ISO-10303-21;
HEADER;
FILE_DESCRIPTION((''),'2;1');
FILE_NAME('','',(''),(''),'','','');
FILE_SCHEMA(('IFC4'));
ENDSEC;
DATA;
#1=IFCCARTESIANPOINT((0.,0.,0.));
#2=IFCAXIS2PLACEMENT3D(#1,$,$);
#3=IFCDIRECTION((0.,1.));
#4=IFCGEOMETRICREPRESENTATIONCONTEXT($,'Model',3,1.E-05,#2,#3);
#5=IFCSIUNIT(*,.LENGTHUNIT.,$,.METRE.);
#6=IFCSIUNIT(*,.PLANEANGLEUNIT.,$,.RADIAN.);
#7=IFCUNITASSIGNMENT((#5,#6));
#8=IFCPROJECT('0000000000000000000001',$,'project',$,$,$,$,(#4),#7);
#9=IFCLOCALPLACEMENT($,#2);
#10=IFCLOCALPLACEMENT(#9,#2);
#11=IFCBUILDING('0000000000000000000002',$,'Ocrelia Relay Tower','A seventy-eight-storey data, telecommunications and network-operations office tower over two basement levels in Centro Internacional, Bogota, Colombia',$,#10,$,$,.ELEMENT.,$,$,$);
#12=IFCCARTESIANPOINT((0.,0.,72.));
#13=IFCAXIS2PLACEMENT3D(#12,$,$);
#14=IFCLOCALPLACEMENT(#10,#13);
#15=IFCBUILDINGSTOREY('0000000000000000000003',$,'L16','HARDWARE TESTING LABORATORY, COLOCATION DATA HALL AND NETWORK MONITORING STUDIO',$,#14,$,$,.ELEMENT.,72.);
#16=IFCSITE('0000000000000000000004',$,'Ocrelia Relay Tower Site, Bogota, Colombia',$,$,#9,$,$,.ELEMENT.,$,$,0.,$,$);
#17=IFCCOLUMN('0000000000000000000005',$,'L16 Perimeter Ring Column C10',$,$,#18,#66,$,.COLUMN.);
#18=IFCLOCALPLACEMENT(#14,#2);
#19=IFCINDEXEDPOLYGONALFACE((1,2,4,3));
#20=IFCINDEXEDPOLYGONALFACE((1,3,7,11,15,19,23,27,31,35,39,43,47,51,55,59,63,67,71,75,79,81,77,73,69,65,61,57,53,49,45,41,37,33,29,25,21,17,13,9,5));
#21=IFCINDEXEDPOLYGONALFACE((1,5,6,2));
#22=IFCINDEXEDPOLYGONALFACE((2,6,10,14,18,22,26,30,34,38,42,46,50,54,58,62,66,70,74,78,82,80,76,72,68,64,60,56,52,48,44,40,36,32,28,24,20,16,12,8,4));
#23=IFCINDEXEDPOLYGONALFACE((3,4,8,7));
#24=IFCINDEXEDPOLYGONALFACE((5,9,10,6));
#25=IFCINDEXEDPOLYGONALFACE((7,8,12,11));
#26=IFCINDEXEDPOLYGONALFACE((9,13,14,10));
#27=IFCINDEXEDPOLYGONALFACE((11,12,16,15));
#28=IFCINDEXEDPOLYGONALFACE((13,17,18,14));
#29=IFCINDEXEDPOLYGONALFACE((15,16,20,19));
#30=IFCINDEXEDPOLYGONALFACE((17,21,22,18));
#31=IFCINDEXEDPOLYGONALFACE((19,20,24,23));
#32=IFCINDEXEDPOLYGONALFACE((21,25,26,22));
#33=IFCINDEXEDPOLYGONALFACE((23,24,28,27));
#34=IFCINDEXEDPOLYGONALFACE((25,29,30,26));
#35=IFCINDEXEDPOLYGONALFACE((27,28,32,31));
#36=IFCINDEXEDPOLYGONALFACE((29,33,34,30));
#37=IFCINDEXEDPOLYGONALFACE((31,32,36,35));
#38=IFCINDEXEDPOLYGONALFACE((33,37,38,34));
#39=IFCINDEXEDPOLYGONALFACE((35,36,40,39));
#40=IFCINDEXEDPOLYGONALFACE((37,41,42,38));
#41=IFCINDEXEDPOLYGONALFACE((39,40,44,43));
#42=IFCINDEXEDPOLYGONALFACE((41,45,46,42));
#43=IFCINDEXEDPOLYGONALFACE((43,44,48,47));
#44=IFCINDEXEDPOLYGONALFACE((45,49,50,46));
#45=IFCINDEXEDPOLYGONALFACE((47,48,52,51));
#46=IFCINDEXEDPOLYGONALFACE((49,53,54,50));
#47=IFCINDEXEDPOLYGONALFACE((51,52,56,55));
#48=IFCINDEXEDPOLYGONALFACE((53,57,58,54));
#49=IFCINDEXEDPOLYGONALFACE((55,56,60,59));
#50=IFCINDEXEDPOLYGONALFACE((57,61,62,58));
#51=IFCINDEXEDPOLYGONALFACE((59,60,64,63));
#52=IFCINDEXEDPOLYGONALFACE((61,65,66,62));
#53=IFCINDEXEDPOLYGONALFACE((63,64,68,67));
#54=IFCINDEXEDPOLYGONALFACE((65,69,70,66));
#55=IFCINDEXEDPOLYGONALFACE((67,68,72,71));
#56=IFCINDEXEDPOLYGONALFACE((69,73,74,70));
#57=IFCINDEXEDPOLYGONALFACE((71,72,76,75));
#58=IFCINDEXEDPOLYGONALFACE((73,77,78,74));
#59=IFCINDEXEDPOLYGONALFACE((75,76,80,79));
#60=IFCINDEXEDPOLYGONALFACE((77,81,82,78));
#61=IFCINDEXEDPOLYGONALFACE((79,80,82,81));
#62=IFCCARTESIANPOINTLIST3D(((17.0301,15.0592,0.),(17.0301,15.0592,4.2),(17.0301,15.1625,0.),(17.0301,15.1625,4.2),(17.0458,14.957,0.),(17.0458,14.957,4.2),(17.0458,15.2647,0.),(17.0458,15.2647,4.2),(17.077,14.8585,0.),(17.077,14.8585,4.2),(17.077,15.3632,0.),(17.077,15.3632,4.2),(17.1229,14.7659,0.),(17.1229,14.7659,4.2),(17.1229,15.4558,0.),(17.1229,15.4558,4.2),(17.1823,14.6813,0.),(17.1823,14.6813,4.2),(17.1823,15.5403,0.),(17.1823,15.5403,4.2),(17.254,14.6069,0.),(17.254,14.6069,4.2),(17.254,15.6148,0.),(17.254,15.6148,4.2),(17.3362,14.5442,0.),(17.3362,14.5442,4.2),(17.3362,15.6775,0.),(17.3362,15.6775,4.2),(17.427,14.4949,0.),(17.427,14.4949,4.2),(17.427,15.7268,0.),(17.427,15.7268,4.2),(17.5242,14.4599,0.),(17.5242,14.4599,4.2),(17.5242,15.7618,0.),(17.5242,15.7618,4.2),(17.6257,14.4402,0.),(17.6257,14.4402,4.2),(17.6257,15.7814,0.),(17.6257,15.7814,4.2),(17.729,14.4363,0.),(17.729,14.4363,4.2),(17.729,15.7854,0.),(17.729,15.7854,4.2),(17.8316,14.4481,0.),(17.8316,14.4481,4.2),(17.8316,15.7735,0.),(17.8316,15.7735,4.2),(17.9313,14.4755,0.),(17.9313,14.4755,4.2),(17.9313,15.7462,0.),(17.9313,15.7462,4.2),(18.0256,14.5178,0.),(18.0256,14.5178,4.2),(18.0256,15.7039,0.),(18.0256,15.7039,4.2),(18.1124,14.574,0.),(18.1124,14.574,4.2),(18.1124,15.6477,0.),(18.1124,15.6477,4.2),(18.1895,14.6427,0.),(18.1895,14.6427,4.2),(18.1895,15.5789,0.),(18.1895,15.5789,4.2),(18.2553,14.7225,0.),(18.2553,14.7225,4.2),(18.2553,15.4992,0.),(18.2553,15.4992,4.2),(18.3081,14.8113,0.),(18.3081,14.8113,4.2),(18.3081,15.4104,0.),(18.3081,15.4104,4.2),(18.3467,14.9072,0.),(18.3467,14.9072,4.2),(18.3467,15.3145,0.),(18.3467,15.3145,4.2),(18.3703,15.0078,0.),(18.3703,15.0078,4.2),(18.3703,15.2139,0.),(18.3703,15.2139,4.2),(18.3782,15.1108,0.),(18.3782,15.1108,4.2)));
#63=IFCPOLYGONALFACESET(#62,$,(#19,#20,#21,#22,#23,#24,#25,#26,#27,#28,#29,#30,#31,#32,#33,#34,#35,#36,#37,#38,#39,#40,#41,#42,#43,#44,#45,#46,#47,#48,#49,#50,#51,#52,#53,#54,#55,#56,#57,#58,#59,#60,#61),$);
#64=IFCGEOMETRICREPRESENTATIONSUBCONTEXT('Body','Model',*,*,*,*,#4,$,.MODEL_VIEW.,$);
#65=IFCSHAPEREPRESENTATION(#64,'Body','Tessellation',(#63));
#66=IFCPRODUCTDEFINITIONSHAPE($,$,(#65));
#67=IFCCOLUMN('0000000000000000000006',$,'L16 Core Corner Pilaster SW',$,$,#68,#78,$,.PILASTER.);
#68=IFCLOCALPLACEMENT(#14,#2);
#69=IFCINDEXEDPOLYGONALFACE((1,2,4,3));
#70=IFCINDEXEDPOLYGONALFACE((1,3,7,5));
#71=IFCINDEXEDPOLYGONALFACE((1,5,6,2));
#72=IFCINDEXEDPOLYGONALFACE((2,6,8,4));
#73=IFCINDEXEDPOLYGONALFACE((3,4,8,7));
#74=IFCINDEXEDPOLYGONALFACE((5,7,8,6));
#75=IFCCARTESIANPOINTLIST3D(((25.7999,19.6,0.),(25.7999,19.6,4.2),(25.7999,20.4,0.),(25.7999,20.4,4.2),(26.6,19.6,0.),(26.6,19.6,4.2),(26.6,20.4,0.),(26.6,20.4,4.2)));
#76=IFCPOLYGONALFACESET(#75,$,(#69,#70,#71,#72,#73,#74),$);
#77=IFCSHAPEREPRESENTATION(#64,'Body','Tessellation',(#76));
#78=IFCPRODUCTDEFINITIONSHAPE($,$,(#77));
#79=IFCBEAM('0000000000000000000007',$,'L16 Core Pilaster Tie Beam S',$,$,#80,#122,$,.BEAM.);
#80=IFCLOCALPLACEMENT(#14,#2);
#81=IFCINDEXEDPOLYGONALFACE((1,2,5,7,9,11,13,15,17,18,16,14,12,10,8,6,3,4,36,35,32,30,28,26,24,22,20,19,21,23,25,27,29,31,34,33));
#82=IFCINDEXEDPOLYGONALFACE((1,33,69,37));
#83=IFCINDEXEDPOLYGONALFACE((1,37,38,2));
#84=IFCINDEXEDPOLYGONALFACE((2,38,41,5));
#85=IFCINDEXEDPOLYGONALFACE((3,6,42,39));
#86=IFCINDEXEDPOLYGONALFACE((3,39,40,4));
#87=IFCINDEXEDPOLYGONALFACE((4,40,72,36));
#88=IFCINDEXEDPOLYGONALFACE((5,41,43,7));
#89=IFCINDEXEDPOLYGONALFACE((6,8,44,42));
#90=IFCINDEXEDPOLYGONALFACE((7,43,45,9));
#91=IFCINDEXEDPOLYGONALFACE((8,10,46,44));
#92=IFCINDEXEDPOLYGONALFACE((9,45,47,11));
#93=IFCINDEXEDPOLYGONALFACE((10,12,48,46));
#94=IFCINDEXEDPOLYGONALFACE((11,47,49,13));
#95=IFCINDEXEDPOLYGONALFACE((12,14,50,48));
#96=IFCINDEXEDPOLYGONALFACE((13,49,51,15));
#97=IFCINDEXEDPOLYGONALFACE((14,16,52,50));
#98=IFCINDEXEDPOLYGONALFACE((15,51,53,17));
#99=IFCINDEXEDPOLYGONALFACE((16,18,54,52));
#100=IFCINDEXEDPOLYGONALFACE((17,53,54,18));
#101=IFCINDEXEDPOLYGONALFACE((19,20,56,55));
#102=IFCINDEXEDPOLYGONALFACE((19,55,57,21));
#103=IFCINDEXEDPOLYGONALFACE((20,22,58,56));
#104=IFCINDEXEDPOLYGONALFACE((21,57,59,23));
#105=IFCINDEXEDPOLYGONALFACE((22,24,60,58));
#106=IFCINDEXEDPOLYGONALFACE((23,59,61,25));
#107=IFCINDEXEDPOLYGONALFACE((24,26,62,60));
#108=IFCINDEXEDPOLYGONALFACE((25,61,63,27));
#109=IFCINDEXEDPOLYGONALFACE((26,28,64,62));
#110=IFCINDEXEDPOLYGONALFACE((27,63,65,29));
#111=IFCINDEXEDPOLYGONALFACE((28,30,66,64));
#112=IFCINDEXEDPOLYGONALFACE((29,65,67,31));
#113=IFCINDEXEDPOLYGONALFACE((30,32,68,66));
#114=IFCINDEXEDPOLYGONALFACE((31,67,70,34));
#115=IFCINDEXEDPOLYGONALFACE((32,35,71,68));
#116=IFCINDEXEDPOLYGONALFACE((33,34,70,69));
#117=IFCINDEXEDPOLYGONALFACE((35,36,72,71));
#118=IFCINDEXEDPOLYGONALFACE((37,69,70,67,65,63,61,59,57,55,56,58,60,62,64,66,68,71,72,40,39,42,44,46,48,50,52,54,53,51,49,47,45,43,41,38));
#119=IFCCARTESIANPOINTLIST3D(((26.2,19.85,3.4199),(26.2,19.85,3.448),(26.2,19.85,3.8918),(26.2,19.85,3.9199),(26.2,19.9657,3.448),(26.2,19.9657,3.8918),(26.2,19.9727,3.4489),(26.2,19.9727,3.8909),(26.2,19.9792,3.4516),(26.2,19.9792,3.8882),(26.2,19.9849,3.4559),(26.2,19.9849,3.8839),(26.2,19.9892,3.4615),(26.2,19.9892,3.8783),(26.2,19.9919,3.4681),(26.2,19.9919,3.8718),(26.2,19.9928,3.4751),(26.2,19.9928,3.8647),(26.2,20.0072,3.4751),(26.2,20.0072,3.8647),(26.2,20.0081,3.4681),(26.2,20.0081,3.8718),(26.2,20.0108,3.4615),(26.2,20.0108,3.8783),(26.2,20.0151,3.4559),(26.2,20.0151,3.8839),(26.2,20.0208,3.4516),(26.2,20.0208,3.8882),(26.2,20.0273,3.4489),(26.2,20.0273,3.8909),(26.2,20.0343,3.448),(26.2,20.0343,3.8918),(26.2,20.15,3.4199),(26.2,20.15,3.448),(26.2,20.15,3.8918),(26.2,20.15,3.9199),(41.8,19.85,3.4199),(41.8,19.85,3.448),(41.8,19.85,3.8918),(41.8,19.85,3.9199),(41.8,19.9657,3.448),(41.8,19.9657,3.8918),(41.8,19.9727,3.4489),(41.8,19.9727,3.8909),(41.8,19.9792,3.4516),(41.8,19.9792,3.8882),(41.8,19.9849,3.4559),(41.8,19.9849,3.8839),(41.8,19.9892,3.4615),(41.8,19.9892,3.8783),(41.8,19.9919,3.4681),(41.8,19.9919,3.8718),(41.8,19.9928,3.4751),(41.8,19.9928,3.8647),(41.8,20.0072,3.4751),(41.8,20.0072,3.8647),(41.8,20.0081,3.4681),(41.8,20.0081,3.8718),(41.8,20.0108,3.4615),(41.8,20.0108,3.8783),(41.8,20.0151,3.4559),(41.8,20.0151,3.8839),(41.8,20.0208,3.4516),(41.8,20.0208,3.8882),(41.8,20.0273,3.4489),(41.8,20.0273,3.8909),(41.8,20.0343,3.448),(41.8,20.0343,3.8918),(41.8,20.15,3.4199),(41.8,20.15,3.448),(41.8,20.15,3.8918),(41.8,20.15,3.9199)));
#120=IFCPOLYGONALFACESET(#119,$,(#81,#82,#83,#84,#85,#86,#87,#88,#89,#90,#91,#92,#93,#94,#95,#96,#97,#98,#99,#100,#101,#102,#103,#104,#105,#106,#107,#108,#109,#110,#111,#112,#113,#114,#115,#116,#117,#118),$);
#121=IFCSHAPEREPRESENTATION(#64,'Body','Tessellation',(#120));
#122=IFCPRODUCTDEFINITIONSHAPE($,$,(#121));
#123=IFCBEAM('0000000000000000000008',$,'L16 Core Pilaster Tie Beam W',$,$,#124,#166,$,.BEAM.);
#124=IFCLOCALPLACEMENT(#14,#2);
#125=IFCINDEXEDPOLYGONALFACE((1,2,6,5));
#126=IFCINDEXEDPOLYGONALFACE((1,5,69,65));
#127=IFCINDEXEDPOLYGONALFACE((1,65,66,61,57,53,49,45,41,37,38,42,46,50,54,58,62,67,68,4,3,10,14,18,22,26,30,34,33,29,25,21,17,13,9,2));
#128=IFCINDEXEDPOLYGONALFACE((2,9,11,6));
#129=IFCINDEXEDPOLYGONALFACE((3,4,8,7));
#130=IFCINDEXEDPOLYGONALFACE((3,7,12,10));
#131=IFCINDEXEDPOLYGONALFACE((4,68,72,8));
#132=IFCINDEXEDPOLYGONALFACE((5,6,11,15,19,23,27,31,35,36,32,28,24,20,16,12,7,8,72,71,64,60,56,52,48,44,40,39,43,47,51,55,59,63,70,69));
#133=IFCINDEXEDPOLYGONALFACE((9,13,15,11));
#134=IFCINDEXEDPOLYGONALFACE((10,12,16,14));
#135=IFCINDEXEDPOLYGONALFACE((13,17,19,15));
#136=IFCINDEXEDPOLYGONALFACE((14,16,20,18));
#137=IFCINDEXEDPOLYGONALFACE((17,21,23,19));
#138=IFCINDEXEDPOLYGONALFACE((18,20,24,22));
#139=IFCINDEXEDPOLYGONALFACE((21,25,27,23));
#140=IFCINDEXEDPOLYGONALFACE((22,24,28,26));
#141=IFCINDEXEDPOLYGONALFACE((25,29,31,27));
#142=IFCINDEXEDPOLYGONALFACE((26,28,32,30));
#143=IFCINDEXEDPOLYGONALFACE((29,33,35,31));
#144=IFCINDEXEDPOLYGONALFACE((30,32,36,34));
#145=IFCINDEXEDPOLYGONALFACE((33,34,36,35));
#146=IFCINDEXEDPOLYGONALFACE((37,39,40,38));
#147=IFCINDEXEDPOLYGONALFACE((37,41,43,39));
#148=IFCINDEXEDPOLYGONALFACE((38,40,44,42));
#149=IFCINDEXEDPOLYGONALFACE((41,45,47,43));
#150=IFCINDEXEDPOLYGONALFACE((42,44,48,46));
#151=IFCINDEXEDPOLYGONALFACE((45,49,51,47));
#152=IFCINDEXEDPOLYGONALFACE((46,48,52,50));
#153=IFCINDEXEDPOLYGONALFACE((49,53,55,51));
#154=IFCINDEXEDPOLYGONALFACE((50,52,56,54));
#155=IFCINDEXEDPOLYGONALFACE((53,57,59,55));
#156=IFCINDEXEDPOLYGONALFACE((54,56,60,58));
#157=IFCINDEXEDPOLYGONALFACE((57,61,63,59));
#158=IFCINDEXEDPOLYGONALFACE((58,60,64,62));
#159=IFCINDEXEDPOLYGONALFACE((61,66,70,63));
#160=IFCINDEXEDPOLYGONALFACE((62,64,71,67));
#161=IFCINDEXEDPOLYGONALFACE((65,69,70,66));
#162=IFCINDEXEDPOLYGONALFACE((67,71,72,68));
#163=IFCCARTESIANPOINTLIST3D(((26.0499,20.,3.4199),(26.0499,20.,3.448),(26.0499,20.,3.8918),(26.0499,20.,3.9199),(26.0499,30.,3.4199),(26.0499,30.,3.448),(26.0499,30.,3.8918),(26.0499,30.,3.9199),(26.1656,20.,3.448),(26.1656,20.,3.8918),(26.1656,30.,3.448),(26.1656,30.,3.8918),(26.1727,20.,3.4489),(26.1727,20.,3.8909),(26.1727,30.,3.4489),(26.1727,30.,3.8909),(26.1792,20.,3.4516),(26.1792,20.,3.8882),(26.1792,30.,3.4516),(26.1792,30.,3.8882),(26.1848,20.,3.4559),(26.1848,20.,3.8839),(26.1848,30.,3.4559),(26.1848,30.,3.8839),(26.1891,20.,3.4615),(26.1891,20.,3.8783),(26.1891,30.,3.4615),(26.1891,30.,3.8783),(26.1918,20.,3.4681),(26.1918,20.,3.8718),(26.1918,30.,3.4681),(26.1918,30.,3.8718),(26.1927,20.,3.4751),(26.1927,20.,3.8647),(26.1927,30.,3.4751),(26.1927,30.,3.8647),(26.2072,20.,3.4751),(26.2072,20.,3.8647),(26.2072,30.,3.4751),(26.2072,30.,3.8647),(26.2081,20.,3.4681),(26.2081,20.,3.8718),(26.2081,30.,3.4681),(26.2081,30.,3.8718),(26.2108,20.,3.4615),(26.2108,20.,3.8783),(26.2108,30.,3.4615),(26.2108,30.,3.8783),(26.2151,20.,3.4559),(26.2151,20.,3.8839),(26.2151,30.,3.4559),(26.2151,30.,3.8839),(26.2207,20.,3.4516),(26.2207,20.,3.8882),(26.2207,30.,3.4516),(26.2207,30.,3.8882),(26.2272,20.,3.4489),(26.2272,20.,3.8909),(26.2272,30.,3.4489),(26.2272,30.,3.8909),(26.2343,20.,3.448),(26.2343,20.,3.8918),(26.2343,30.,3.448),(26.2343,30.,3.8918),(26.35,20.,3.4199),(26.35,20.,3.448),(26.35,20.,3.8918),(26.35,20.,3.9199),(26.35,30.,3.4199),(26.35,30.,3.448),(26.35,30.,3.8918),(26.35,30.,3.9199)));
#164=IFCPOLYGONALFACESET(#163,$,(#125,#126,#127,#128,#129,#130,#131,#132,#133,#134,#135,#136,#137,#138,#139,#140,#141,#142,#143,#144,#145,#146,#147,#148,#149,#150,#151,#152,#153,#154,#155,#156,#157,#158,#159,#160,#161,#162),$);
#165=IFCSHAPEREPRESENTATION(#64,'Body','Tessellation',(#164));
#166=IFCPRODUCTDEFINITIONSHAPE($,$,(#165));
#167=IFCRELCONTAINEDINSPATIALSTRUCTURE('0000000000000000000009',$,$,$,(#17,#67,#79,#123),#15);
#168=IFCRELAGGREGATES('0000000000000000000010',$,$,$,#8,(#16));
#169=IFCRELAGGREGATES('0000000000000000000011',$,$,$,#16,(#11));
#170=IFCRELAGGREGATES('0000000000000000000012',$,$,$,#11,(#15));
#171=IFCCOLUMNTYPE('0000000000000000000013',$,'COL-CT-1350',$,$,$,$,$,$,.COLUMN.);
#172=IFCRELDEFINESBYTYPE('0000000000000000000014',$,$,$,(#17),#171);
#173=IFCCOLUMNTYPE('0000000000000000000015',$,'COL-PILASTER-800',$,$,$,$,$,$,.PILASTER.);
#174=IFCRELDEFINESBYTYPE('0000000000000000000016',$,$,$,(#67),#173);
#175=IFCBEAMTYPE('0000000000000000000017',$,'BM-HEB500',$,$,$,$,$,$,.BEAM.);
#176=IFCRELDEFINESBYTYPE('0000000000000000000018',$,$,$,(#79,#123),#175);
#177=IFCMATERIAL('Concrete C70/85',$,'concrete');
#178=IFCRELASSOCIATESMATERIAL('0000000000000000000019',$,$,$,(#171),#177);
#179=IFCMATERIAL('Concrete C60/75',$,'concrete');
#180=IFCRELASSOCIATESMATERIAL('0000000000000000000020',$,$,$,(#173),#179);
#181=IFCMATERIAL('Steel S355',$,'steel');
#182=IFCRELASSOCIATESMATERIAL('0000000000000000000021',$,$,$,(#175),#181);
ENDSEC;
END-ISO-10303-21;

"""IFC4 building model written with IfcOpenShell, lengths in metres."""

from ifc_helpers import new_model, si_unit, direction, frame, origin, origin_2d, place, context, subcontext, project, spatial, rectangle, circle, i_section, extrude, material, material_profile, profile_set, type_object, element, save


model = new_model("IFC4")

# Units and contexts
model_context = context("Model", 3, precision=1e-05, world=origin(), true_north=direction((0.0, 1.0)))
body_context = subcontext(model_context, "Body", "Model", "MODEL_VIEW")
ifc_project = project(units=[si_unit("LENGTHUNIT", "METRE"), si_unit("PLANEANGLEUNIT", "RADIAN")], contexts=[model_context])

# Site, building, storey
site_placement = place(None, origin())
site = spatial("IfcSite", under=ifc_project, at=site_placement, Name="Ocrelia Relay Tower Site, Bogota, Colombia", CompositionType="ELEMENT", RefElevation=0.0)
building_placement = place(site_placement, origin())
building = spatial("IfcBuilding", under=site, at=building_placement, Name="Ocrelia Relay Tower", Description="A seventy-eight-storey data, telecommunications and network-operations office tower over two basement levels in Centro Internacional, Bogota, Colombia", CompositionType="ELEMENT")
storey_placement = place(building_placement, frame((0.0, 0.0, 72.0)))
storey = spatial("IfcBuildingStorey", under=building, at=storey_placement, Name="L16", Description="HARDWARE TESTING LABORATORY, COLOCATION DATA HALL AND NETWORK MONITORING STUDIO", CompositionType="ELEMENT", Elevation=72.0)

# Columns
ifc_material_1 = material(Name="Concrete C70/85", Category="concrete")
ifc_material_profile_1 = material_profile(ifc_material_1, circle(Radius=0.675, at=origin_2d()), Name="RC-CIR-1350")
ifc_profile_set_1 = profile_set([ifc_material_profile_1], Name="Concrete C70/85")
column_type_1 = type_object("IfcColumnType", Name="COL-CT-1350", PredefinedType="COLUMN", material=ifc_profile_set_1)
column_1_placement = place(storey_placement, frame((17.7031, 15.1108, 0.0), z_axis=(0.0, 0.0, 1.0), x_axis=(1.0, 0.0, 0.0)))
element("IfcColumn", 1, at=column_1_placement, inside=storey, type_object=column_type_1, Name="L16 Perimeter Ring Column C10", PredefinedType="COLUMN", context=body_context, shape_type="SweptSolid", body=[
    extrude(circle(Radius=0.675, at=origin_2d()), origin(), (0.0, 0.0, 1.0), 4.2),
])
ifc_material_2 = material(Name="Concrete C60/75", Category="concrete")
ifc_material_profile_2 = material_profile(ifc_material_2, rectangle(XDim=0.8, YDim=0.8, at=origin_2d()), Name="RC-COL-800x800")
ifc_profile_set_2 = profile_set([ifc_material_profile_2], Name="Concrete C60/75")
column_type_2 = type_object("IfcColumnType", Name="COL-PILASTER-800", PredefinedType="PILASTER", material=ifc_profile_set_2)
column_2_placement = place(storey_placement, frame((26.2, 20.0, 0.0), z_axis=(0.0, 0.0, 1.0), x_axis=(1.0, 0.0, 0.0)))
element("IfcColumn", 2, at=column_2_placement, inside=storey, type_object=column_type_2, Name="L16 Core Corner Pilaster SW", PredefinedType="PILASTER", context=body_context, shape_type="SweptSolid", body=[
    extrude(rectangle(XDim=0.8, YDim=0.8, at=origin_2d()), origin(), (0.0, 0.0, 1.0), 4.2),
])

# Beams
ifc_material_3 = material(Name="Steel S355", Category="steel")
ifc_material_profile_3 = material_profile(ifc_material_3, i_section(OverallWidth=0.3, OverallDepth=0.5, WebThickness=0.0144, FlangeThickness=0.0281, FilletRadius=0.0271, at=origin_2d()), Name="HEB 500")
ifc_profile_set_3 = profile_set([ifc_material_profile_3], Name="Steel S355")
beam_type_1 = type_object("IfcBeamType", Name="BM-HEB500", PredefinedType="BEAM", material=ifc_profile_set_3)
beam_1_placement = place(storey_placement, frame((26.2, 20.0, 3.6699), z_axis=(1.0, 0.0, 0.0), x_axis=(0.0, 1.0, 0.0)))
element("IfcBeam", 3, at=beam_1_placement, inside=storey, type_object=beam_type_1, Name="L16 Core Pilaster Tie Beam S", PredefinedType="BEAM", context=body_context, shape_type="SweptSolid", body=[
    extrude(i_section(OverallWidth=0.3, OverallDepth=0.5, WebThickness=0.0144, FlangeThickness=0.0281, FilletRadius=0.0271, at=origin_2d()), origin(), (0.0, 0.0, 1.0), 15.6001),
])
beam_2_placement = place(storey_placement, frame((26.2, 20.0, 3.6699), z_axis=(0.0, 1.0, 0.0), x_axis=(-1.0, 0.0, 0.0)))
element("IfcBeam", 4, at=beam_2_placement, inside=storey, type_object=beam_type_1, Name="L16 Core Pilaster Tie Beam W", PredefinedType="BEAM", context=body_context, shape_type="SweptSolid", body=[
    extrude(i_section(OverallWidth=0.3, OverallDepth=0.5, WebThickness=0.0144, FlangeThickness=0.0281, FilletRadius=0.0271, at=origin_2d()), origin(), (0.0, 0.0, 1.0), 10.0),
])

save(model, "model.ifc")
